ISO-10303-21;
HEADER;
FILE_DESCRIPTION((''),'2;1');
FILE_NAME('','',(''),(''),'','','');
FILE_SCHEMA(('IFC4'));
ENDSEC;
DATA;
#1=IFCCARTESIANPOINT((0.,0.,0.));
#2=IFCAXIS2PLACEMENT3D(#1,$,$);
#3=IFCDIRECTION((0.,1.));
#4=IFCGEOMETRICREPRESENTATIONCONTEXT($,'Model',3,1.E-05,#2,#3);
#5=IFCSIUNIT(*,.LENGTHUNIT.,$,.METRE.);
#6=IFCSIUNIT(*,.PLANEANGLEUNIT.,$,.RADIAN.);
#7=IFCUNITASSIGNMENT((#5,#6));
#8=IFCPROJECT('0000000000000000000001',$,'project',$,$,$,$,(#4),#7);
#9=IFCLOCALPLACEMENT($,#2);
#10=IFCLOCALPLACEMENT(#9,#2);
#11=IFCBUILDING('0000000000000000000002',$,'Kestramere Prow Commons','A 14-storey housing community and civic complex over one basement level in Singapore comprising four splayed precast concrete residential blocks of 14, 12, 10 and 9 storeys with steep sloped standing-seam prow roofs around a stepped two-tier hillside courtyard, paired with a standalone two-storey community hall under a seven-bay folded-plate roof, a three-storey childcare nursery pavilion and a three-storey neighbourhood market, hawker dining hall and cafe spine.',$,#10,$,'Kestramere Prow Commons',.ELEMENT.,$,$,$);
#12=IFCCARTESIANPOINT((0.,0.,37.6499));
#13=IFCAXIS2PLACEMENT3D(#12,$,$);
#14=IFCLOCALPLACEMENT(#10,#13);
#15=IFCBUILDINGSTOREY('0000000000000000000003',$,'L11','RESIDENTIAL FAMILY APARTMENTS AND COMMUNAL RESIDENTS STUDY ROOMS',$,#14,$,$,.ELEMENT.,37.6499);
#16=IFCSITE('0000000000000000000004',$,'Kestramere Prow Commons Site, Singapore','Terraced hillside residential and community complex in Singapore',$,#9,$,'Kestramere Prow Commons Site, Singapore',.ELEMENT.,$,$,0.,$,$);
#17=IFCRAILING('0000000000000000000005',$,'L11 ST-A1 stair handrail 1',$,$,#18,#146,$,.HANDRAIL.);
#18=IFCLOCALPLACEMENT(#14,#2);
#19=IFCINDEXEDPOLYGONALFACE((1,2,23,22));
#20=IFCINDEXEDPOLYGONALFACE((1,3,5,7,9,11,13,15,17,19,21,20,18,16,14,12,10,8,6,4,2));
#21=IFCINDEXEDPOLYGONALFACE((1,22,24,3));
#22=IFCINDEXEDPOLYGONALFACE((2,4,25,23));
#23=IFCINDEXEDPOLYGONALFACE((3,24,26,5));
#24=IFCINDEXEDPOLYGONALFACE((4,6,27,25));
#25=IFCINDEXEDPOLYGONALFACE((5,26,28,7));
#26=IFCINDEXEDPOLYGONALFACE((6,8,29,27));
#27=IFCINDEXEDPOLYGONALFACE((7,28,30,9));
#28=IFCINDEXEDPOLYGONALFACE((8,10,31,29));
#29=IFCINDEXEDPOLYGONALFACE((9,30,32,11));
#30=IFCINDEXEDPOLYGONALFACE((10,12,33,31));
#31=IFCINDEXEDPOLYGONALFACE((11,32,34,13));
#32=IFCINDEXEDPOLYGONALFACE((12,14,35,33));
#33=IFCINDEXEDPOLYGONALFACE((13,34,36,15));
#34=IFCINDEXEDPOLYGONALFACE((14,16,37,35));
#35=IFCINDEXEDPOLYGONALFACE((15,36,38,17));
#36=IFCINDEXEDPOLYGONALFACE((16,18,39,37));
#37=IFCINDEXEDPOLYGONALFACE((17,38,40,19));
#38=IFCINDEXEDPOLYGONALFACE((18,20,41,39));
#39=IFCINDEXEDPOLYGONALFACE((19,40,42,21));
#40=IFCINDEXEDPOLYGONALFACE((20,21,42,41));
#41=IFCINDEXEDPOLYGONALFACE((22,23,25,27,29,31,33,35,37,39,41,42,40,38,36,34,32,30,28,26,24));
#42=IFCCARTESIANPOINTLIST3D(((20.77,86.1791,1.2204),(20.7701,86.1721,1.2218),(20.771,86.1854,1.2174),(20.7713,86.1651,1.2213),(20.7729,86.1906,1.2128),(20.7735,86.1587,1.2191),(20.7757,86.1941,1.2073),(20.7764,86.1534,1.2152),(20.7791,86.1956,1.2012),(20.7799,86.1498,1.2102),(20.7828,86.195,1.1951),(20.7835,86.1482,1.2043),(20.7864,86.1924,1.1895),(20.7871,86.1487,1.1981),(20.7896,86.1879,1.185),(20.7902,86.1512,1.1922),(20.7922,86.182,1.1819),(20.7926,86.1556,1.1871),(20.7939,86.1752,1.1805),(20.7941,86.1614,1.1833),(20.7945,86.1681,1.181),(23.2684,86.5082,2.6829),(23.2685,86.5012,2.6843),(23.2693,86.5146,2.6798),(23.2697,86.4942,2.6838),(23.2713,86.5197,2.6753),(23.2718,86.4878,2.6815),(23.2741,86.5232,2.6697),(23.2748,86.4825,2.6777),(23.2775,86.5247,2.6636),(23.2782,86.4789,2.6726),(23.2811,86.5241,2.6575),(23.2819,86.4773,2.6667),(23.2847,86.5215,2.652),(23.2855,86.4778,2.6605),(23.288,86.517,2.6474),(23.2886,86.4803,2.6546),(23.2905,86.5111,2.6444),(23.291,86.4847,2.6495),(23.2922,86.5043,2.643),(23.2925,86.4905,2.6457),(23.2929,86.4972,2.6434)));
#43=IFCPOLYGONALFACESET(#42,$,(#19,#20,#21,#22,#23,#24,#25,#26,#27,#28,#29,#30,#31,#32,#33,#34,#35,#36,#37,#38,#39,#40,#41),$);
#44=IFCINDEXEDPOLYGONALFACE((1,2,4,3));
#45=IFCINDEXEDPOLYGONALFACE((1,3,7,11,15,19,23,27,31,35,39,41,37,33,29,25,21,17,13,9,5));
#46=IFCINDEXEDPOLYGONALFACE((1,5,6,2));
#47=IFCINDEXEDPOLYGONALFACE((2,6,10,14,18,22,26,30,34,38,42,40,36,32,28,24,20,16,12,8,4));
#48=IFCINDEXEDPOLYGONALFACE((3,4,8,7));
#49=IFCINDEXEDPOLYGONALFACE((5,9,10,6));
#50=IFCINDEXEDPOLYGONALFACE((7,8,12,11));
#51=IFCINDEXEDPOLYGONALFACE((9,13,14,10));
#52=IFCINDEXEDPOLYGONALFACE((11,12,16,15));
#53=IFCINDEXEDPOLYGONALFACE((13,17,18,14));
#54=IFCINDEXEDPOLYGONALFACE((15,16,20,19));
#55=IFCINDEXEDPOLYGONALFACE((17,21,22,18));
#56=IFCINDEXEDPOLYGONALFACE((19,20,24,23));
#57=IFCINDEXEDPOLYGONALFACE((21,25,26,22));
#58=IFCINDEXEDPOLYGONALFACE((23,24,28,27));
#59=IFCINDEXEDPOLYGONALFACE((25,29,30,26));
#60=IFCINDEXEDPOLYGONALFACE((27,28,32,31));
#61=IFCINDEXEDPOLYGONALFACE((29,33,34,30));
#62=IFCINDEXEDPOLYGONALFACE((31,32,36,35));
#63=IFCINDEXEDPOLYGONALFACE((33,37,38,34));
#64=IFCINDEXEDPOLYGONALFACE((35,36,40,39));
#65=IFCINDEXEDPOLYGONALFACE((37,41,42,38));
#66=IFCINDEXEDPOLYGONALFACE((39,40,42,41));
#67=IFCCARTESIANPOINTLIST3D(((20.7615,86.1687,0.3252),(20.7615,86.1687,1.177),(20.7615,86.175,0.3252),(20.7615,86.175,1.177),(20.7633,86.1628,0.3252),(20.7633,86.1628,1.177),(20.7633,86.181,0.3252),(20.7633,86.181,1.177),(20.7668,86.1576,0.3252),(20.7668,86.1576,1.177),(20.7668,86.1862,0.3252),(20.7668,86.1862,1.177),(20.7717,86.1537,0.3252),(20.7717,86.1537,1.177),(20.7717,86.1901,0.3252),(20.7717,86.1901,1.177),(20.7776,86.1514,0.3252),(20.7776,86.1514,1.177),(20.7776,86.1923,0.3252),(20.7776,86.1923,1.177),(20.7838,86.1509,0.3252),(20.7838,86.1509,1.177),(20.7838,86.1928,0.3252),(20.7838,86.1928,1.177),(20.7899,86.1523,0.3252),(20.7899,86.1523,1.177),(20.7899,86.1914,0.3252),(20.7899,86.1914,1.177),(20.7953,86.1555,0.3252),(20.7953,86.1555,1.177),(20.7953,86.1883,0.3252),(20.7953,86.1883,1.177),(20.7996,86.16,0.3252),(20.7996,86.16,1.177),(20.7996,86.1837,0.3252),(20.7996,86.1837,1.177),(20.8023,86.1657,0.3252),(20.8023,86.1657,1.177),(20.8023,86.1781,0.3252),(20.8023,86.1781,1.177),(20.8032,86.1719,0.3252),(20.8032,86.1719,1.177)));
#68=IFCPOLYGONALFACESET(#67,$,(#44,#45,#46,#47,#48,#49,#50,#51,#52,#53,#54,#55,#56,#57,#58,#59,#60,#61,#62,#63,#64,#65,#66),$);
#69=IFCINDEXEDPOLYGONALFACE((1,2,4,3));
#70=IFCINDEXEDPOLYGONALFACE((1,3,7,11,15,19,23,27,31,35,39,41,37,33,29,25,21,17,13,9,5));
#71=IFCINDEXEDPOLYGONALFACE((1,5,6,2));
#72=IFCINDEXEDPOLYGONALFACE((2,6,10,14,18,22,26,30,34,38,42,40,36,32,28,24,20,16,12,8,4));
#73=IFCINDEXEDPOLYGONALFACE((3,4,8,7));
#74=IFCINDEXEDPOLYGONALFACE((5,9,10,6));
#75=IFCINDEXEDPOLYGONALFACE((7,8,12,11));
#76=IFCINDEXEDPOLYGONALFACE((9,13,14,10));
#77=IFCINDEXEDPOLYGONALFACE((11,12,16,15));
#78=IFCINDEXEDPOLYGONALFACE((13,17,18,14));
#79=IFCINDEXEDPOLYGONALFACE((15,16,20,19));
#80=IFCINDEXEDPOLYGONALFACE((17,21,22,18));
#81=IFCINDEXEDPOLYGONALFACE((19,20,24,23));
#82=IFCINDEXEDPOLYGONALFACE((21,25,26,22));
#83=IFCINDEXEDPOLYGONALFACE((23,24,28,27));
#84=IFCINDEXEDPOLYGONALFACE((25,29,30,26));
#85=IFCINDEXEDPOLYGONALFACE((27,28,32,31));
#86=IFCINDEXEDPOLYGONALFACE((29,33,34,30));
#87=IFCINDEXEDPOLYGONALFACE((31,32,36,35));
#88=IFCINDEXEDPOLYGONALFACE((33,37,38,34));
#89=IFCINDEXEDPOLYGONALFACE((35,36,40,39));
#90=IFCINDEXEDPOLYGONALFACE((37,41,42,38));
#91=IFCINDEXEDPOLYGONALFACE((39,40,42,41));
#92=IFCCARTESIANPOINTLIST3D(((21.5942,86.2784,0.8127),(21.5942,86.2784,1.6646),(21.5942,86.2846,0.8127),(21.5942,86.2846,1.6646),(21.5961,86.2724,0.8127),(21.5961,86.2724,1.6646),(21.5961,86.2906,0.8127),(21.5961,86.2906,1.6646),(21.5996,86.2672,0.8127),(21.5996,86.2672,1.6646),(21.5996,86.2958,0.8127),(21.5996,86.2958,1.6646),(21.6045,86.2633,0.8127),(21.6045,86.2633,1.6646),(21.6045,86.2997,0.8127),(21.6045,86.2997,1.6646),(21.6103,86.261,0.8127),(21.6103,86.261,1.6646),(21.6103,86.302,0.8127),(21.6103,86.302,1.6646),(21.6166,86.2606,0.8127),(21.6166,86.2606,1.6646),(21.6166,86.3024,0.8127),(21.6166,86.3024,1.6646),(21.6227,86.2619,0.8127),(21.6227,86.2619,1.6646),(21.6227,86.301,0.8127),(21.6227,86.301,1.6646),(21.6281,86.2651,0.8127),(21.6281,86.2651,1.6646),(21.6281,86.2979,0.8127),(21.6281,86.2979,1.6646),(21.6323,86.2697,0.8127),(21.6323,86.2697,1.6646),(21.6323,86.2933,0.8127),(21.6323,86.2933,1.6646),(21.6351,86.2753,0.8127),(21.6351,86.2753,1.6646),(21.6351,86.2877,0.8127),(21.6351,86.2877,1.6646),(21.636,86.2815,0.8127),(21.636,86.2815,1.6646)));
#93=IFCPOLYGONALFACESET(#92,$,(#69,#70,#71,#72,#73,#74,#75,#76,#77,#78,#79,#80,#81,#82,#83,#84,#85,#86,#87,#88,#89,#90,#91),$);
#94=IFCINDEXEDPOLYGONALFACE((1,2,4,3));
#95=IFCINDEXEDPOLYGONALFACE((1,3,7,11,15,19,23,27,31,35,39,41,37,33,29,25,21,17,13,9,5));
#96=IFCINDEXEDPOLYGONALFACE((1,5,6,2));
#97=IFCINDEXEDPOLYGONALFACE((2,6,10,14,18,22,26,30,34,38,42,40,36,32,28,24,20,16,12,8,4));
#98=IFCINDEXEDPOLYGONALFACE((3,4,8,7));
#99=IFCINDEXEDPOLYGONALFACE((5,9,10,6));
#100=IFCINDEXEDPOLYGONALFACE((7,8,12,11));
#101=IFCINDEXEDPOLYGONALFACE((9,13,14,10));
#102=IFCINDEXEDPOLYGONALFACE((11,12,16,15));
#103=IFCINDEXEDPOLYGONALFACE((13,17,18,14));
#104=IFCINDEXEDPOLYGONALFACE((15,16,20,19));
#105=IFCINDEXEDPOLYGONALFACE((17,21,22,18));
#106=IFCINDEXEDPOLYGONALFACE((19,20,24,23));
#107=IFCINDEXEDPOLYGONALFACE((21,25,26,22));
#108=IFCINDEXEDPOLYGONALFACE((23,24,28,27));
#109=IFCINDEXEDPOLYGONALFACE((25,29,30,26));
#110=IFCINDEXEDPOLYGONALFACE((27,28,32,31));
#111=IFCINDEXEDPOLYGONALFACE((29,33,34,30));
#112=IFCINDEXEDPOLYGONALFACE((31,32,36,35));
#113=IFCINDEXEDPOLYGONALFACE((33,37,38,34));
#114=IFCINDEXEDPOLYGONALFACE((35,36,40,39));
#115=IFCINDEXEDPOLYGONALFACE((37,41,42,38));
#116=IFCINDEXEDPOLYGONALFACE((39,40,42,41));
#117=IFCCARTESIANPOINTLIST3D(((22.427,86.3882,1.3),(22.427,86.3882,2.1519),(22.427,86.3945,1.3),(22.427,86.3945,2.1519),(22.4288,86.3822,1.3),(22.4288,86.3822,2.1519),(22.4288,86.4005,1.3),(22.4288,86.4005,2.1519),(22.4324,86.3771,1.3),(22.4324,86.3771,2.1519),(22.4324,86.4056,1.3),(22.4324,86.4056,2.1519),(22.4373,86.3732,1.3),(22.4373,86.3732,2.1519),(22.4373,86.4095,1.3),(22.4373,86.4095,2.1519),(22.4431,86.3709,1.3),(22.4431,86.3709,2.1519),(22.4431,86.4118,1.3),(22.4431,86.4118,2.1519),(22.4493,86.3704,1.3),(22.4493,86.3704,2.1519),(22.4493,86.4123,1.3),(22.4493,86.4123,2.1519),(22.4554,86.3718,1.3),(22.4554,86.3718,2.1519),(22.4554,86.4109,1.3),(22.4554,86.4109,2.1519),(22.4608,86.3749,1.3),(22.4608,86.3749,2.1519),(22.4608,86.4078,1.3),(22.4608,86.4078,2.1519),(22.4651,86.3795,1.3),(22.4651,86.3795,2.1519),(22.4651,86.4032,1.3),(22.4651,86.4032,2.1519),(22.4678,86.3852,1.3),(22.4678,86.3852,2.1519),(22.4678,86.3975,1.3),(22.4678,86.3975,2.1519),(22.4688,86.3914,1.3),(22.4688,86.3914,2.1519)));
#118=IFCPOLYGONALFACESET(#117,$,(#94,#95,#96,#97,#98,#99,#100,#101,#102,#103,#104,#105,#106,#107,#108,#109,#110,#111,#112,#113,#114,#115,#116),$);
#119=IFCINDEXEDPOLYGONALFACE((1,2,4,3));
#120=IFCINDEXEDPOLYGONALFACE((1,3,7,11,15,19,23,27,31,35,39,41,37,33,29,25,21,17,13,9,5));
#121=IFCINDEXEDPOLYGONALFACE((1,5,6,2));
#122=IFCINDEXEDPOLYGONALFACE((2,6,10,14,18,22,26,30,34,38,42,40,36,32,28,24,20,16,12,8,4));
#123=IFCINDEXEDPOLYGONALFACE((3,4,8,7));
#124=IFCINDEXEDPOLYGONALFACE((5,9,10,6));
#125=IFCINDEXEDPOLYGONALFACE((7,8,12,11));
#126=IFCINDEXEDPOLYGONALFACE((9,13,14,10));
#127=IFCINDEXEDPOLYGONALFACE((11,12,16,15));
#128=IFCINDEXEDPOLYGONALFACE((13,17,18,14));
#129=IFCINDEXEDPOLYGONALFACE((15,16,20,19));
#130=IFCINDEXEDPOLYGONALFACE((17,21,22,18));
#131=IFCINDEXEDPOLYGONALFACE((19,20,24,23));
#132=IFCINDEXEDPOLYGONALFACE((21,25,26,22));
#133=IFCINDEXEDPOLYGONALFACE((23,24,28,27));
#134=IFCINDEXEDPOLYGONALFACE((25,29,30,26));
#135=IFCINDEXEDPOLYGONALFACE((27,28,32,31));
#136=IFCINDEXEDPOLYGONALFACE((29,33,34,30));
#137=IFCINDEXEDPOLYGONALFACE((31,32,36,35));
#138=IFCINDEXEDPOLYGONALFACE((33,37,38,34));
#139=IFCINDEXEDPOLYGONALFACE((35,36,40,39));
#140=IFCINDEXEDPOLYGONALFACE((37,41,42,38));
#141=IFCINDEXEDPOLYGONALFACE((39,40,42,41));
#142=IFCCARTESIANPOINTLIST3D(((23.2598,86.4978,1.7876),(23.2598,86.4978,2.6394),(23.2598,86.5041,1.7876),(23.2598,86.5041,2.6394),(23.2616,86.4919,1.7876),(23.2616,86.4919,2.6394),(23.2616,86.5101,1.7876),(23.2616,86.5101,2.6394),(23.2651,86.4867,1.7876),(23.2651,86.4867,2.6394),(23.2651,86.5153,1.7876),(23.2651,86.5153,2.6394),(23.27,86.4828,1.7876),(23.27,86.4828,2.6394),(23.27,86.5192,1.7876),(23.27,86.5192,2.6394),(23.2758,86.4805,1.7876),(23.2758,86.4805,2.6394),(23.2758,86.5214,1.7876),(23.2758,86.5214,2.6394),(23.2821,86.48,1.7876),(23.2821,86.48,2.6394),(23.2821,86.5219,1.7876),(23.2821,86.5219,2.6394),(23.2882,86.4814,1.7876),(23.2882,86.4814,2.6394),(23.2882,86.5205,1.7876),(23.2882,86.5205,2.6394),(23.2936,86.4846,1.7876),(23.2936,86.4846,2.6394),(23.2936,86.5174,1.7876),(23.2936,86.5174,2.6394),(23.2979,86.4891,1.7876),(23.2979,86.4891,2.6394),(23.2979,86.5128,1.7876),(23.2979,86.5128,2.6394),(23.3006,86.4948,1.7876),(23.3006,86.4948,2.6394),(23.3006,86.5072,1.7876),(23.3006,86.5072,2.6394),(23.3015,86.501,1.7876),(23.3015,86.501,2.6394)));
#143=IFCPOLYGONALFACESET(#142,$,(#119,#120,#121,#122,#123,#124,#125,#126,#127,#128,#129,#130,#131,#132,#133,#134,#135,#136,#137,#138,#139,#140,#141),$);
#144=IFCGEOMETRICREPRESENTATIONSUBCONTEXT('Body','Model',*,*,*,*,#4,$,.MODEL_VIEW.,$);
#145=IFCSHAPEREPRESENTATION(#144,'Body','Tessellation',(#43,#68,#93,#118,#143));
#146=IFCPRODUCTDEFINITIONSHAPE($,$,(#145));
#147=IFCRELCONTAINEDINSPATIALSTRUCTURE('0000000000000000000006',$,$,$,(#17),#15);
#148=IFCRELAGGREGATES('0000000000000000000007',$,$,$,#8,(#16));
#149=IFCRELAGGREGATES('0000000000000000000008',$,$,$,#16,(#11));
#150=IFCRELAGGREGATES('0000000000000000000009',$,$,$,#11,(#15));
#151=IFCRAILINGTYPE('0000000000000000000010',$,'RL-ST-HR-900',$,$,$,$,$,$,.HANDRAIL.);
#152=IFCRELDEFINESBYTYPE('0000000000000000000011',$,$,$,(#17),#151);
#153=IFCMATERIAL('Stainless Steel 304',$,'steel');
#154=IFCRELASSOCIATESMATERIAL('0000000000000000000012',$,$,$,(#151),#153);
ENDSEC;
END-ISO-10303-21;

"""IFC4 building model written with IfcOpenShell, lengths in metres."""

from ifc_helpers import new_model, si_unit, direction, frame, origin, origin_2d, place, context, subcontext, project, spatial, circle, extrude, material, type_object, element, save


model = new_model("IFC4")

# Units and contexts
model_context = context("Model", 3, precision=1e-05, world=origin(), true_north=direction((0.0, 1.0)))
body_context = subcontext(model_context, "Body", "Model", "MODEL_VIEW")
ifc_project = project(units=[si_unit("LENGTHUNIT", "METRE"), si_unit("PLANEANGLEUNIT", "RADIAN")], contexts=[model_context])

# Site, building, storey
site_placement = place(None, origin())
site = spatial("IfcSite", under=ifc_project, at=site_placement, Name="Kestramere Prow Commons Site, Singapore", Description="Terraced hillside residential and community complex in Singapore", LongName="Kestramere Prow Commons Site, Singapore", CompositionType="ELEMENT", RefElevation=0.0)
building_placement = place(site_placement, origin())
building = spatial("IfcBuilding", under=site, at=building_placement, Name="Kestramere Prow Commons", Description="A 14-storey housing community and civic complex over one basement level in Singapore comprising four splayed precast concrete residential blocks of 14, 12, 10 and 9 storeys with steep sloped standing-seam prow roofs around a stepped two-tier hillside courtyard, paired with a standalone two-storey community hall under a seven-bay folded-plate roof, a three-storey childcare nursery pavilion and a three-storey neighbourhood market, hawker dining hall and cafe spine.", LongName="Kestramere Prow Commons", CompositionType="ELEMENT")
storey_placement = place(building_placement, frame((0.0, 0.0, 37.6499)))
storey = spatial("IfcBuildingStorey", under=building, at=storey_placement, Name="L11", Description="RESIDENTIAL FAMILY APARTMENTS AND COMMUNAL RESIDENTS STUDY ROOMS", CompositionType="ELEMENT", Elevation=37.6499)

# Railing
ifc_material_1 = material(Name="Stainless Steel 304", Category="steel")
railing_type_1 = type_object("IfcRailingType", Name="RL-ST-HR-900", PredefinedType="HANDRAIL", material=ifc_material_1)
railing_1_placement = place(storey_placement, frame((20.7822, 86.1719, 0.3252)))
element("IfcRailing", 1, at=railing_1_placement, inside=storey, type_object=railing_type_1, Name="L11 ST-A1 stair handrail 1", PredefinedType="HANDRAIL", context=body_context, shape_type="SweptSolid", body=[
    extrude(circle(Radius=0.0239, at=origin_2d()), frame((0.0, 0.0, 0.876), z_axis=(0.857493, 0.112958, 0.501943), x_axis=(-0.130602, 0.991435, 0.0)), (0.0, 0.0, 1.0), 2.9136),
    extrude(circle(Radius=0.021, at=origin_2d()), origin(), (0.0, 0.0, 1.0), 0.8518),
    extrude(circle(Radius=0.021, at=origin_2d()), frame((0.8328, 0.1096, 0.4875)), (0.0, 0.0, 1.0), 0.8518),
    extrude(circle(Radius=0.021, at=origin_2d()), frame((1.6655, 0.2195, 0.9749)), (0.0, 0.0, 1.0), 0.8518),
    extrude(circle(Radius=0.021, at=origin_2d()), frame((2.4983, 0.3291, 1.4624)), (0.0, 0.0, 1.0), 0.8518),
])

save(model, "model.ifc")
